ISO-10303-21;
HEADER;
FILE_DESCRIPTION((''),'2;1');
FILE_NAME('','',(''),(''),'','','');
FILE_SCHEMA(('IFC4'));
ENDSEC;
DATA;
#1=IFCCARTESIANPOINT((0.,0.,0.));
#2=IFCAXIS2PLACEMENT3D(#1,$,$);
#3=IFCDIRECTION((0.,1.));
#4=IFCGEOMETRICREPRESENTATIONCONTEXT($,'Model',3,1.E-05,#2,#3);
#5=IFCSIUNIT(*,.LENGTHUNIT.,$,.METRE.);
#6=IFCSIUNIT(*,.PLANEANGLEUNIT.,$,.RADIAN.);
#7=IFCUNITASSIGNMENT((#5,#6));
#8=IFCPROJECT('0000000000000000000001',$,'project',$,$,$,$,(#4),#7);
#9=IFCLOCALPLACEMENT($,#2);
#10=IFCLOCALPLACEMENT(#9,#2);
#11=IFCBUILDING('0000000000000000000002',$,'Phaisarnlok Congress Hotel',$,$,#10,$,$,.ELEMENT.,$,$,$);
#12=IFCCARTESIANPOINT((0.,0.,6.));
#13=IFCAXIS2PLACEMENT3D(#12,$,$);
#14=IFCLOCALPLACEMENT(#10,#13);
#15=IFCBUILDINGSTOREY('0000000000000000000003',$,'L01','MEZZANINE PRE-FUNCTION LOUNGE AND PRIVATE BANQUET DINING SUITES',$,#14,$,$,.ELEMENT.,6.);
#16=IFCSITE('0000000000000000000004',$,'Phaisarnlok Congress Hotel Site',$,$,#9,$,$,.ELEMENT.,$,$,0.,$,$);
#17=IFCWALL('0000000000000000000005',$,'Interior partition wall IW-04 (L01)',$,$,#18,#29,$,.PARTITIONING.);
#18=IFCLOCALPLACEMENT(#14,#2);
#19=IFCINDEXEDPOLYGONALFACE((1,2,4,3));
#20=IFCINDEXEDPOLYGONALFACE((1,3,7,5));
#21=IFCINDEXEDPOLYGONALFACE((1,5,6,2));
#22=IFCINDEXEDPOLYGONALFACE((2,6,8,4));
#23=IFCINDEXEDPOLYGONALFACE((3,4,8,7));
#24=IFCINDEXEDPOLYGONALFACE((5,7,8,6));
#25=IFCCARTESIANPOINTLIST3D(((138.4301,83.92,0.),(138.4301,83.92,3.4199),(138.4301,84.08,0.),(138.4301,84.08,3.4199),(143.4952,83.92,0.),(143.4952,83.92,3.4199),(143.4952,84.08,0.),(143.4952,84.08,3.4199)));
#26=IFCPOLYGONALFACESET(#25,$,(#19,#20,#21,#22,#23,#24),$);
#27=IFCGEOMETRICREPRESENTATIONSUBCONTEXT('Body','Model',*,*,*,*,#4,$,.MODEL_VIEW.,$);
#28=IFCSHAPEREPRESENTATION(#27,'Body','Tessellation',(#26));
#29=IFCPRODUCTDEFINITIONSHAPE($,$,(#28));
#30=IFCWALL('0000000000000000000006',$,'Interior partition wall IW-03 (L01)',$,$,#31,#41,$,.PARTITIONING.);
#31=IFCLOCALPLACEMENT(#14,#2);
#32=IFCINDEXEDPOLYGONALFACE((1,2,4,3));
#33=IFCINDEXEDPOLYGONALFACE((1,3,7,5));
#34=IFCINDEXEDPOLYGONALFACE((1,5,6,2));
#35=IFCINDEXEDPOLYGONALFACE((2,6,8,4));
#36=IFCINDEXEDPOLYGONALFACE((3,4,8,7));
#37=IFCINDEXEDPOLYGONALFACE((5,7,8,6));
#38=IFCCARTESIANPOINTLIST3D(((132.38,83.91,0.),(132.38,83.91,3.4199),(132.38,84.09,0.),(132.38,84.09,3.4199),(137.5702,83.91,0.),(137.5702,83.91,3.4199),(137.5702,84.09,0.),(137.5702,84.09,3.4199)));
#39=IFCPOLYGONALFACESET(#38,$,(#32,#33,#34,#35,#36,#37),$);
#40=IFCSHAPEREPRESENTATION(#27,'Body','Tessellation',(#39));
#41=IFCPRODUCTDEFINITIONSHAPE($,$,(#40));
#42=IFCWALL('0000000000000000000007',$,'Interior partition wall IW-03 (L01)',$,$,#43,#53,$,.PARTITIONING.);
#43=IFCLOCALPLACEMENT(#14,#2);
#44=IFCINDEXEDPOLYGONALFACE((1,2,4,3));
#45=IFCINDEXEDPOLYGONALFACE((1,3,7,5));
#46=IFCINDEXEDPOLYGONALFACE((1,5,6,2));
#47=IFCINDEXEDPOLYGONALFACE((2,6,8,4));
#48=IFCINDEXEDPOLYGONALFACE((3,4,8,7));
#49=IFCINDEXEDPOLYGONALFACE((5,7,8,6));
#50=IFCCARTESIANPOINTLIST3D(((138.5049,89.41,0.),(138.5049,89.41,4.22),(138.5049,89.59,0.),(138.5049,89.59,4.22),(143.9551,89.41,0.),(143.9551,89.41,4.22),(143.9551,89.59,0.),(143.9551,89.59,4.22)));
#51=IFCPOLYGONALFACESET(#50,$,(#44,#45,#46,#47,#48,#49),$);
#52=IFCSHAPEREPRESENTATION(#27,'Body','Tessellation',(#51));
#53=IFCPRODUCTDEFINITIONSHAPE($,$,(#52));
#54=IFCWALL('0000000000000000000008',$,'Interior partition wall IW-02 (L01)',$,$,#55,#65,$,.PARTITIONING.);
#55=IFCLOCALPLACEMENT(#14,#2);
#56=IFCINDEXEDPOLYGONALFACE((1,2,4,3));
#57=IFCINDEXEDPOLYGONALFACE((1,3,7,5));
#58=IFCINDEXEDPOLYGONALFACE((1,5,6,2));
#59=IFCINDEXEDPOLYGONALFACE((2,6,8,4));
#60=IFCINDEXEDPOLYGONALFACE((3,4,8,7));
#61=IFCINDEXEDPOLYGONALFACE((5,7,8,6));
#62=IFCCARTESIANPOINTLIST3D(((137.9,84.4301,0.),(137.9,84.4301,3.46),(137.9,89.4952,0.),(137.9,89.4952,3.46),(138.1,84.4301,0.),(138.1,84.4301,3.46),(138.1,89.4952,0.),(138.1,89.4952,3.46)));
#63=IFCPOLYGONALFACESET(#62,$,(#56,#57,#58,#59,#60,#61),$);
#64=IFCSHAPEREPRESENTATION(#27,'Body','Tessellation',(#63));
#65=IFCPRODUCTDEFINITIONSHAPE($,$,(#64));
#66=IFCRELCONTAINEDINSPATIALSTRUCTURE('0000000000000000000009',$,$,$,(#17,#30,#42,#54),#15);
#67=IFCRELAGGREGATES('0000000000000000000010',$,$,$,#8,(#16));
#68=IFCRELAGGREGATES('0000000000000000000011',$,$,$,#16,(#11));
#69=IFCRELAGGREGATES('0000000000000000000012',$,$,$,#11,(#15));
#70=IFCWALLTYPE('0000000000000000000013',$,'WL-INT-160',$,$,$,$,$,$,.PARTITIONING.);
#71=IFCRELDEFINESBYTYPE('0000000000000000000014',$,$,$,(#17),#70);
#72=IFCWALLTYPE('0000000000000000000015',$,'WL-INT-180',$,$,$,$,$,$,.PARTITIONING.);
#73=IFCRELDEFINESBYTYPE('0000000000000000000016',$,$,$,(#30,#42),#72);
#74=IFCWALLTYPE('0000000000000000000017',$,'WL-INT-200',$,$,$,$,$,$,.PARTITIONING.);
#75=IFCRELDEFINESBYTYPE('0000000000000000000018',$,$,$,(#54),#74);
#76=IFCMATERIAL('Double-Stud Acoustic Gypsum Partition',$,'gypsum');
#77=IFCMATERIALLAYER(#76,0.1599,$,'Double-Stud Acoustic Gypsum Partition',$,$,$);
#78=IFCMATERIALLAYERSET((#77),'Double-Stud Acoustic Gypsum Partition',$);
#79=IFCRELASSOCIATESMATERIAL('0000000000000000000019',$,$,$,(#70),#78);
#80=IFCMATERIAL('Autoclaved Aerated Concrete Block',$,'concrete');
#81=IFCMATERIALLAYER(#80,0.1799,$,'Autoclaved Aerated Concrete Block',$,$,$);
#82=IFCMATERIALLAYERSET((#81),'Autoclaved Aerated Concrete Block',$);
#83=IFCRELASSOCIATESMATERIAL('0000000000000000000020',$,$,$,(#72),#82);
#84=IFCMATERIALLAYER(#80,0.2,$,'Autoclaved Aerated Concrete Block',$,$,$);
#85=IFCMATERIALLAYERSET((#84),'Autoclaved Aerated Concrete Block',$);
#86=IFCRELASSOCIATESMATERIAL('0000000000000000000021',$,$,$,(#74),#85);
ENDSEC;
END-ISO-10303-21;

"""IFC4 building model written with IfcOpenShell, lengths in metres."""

from ifc_helpers import new_model, si_unit, direction, frame, frame_2d, origin, place, context, subcontext, project, spatial, rectangle, extrude, material, layer, layer_set, type_object, element, save


model = new_model("IFC4")

# Units and contexts
model_context = context("Model", 3, precision=1e-05, world=origin(), true_north=direction((0.0, 1.0)))
body_context = subcontext(model_context, "Body", "Model", "MODEL_VIEW")
ifc_project = project(units=[si_unit("LENGTHUNIT", "METRE"), si_unit("PLANEANGLEUNIT", "RADIAN")], contexts=[model_context])

# Site, building, storey
site_placement = place(None, origin())
site = spatial("IfcSite", under=ifc_project, at=site_placement, Name="Phaisarnlok Congress Hotel Site", CompositionType="ELEMENT", RefElevation=0.0)
building_placement = place(site_placement, origin())
building = spatial("IfcBuilding", under=site, at=building_placement, Name="Phaisarnlok Congress Hotel", CompositionType="ELEMENT")
storey_placement = place(building_placement, frame((0.0, 0.0, 6.0)))
storey = spatial("IfcBuildingStorey", under=building, at=storey_placement, Name="L01", Description="MEZZANINE PRE-FUNCTION LOUNGE AND PRIVATE BANQUET DINING SUITES", CompositionType="ELEMENT", Elevation=6.0)

# Walls
ifc_material_1 = material(Name="Double-Stud Acoustic Gypsum Partition", Category="gypsum")
ifc_layer_1 = layer(ifc_material_1, 0.1599, Name="Double-Stud Acoustic Gypsum Partition")
ifc_layer_set_1 = layer_set([ifc_layer_1], Name="Double-Stud Acoustic Gypsum Partition")
wall_type_1 = type_object("IfcWallType", Name="WL-INT-160", PredefinedType="PARTITIONING", material=ifc_layer_set_1)
wall_1_placement = place(storey_placement, frame((138.4299, 84.0, 0.0), z_axis=(0.0, 0.0, 1.0), x_axis=(1.0, 0.0, 0.0)))
element("IfcWall", 1, at=wall_1_placement, inside=storey, type_object=wall_type_1, Name="Interior partition wall IW-04 (L01)", PredefinedType="PARTITIONING", context=body_context, shape_type="SweptSolid", body=[
    extrude(rectangle(XDim=5.0652, YDim=0.1599, at=frame_2d((2.5327, 0.0))), origin(), (0.0, 0.0, 1.0), 3.4199),
])
ifc_material_2 = material(Name="Autoclaved Aerated Concrete Block", Category="concrete")
ifc_layer_2 = layer(ifc_material_2, 0.1799, Name="Autoclaved Aerated Concrete Block")
ifc_layer_set_2 = layer_set([ifc_layer_2], Name="Autoclaved Aerated Concrete Block")
wall_type_2 = type_object("IfcWallType", Name="WL-INT-180", PredefinedType="PARTITIONING", material=ifc_layer_set_2)
wall_2_placement = place(storey_placement, frame((132.3799, 84.0, 0.0), z_axis=(0.0, 0.0, 1.0), x_axis=(1.0, 0.0, 0.0)))
element("IfcWall", 2, at=wall_2_placement, inside=storey, type_object=wall_type_2, Name="Interior partition wall IW-03 (L01)", PredefinedType="PARTITIONING", context=body_context, shape_type="SweptSolid", body=[
    extrude(rectangle(XDim=5.1902, YDim=0.1799, at=frame_2d((2.5952, 0.0))), origin(), (0.0, 0.0, 1.0), 3.4199),
])
wall_3_placement = place(storey_placement, frame((138.5049, 89.5, 0.0), z_axis=(0.0, 0.0, 1.0), x_axis=(1.0, 0.0, 0.0)))
element("IfcWall", 3, at=wall_3_placement, inside=storey, type_object=wall_type_2, Name="Interior partition wall IW-03 (L01)", PredefinedType="PARTITIONING", context=body_context, shape_type="SweptSolid", body=[
    extrude(rectangle(XDim=5.4502, YDim=0.1799, at=frame_2d((2.7251, 0.0))), origin(), (0.0, 0.0, 1.0), 4.22),
])
ifc_layer_3 = layer(ifc_material_2, 0.2, Name="Autoclaved Aerated Concrete Block")
ifc_layer_set_3 = layer_set([ifc_layer_3], Name="Autoclaved Aerated Concrete Block")
wall_type_3 = type_object("IfcWallType", Name="WL-INT-200", PredefinedType="PARTITIONING", material=ifc_layer_set_3)
wall_4_placement = place(storey_placement, frame((138.0, 84.4299, 0.0), z_axis=(0.0, 0.0, 1.0), x_axis=(0.0, 1.0, 0.0)))
element("IfcWall", 4, at=wall_4_placement, inside=storey, type_object=wall_type_3, Name="Interior partition wall IW-02 (L01)", PredefinedType="PARTITIONING", context=body_context, shape_type="SweptSolid", body=[
    extrude(rectangle(XDim=5.0652, YDim=0.2, at=frame_2d((2.5327, 0.0))), origin(), (0.0, 0.0, 1.0), 3.46),
])

save(model, "model.ifc")
